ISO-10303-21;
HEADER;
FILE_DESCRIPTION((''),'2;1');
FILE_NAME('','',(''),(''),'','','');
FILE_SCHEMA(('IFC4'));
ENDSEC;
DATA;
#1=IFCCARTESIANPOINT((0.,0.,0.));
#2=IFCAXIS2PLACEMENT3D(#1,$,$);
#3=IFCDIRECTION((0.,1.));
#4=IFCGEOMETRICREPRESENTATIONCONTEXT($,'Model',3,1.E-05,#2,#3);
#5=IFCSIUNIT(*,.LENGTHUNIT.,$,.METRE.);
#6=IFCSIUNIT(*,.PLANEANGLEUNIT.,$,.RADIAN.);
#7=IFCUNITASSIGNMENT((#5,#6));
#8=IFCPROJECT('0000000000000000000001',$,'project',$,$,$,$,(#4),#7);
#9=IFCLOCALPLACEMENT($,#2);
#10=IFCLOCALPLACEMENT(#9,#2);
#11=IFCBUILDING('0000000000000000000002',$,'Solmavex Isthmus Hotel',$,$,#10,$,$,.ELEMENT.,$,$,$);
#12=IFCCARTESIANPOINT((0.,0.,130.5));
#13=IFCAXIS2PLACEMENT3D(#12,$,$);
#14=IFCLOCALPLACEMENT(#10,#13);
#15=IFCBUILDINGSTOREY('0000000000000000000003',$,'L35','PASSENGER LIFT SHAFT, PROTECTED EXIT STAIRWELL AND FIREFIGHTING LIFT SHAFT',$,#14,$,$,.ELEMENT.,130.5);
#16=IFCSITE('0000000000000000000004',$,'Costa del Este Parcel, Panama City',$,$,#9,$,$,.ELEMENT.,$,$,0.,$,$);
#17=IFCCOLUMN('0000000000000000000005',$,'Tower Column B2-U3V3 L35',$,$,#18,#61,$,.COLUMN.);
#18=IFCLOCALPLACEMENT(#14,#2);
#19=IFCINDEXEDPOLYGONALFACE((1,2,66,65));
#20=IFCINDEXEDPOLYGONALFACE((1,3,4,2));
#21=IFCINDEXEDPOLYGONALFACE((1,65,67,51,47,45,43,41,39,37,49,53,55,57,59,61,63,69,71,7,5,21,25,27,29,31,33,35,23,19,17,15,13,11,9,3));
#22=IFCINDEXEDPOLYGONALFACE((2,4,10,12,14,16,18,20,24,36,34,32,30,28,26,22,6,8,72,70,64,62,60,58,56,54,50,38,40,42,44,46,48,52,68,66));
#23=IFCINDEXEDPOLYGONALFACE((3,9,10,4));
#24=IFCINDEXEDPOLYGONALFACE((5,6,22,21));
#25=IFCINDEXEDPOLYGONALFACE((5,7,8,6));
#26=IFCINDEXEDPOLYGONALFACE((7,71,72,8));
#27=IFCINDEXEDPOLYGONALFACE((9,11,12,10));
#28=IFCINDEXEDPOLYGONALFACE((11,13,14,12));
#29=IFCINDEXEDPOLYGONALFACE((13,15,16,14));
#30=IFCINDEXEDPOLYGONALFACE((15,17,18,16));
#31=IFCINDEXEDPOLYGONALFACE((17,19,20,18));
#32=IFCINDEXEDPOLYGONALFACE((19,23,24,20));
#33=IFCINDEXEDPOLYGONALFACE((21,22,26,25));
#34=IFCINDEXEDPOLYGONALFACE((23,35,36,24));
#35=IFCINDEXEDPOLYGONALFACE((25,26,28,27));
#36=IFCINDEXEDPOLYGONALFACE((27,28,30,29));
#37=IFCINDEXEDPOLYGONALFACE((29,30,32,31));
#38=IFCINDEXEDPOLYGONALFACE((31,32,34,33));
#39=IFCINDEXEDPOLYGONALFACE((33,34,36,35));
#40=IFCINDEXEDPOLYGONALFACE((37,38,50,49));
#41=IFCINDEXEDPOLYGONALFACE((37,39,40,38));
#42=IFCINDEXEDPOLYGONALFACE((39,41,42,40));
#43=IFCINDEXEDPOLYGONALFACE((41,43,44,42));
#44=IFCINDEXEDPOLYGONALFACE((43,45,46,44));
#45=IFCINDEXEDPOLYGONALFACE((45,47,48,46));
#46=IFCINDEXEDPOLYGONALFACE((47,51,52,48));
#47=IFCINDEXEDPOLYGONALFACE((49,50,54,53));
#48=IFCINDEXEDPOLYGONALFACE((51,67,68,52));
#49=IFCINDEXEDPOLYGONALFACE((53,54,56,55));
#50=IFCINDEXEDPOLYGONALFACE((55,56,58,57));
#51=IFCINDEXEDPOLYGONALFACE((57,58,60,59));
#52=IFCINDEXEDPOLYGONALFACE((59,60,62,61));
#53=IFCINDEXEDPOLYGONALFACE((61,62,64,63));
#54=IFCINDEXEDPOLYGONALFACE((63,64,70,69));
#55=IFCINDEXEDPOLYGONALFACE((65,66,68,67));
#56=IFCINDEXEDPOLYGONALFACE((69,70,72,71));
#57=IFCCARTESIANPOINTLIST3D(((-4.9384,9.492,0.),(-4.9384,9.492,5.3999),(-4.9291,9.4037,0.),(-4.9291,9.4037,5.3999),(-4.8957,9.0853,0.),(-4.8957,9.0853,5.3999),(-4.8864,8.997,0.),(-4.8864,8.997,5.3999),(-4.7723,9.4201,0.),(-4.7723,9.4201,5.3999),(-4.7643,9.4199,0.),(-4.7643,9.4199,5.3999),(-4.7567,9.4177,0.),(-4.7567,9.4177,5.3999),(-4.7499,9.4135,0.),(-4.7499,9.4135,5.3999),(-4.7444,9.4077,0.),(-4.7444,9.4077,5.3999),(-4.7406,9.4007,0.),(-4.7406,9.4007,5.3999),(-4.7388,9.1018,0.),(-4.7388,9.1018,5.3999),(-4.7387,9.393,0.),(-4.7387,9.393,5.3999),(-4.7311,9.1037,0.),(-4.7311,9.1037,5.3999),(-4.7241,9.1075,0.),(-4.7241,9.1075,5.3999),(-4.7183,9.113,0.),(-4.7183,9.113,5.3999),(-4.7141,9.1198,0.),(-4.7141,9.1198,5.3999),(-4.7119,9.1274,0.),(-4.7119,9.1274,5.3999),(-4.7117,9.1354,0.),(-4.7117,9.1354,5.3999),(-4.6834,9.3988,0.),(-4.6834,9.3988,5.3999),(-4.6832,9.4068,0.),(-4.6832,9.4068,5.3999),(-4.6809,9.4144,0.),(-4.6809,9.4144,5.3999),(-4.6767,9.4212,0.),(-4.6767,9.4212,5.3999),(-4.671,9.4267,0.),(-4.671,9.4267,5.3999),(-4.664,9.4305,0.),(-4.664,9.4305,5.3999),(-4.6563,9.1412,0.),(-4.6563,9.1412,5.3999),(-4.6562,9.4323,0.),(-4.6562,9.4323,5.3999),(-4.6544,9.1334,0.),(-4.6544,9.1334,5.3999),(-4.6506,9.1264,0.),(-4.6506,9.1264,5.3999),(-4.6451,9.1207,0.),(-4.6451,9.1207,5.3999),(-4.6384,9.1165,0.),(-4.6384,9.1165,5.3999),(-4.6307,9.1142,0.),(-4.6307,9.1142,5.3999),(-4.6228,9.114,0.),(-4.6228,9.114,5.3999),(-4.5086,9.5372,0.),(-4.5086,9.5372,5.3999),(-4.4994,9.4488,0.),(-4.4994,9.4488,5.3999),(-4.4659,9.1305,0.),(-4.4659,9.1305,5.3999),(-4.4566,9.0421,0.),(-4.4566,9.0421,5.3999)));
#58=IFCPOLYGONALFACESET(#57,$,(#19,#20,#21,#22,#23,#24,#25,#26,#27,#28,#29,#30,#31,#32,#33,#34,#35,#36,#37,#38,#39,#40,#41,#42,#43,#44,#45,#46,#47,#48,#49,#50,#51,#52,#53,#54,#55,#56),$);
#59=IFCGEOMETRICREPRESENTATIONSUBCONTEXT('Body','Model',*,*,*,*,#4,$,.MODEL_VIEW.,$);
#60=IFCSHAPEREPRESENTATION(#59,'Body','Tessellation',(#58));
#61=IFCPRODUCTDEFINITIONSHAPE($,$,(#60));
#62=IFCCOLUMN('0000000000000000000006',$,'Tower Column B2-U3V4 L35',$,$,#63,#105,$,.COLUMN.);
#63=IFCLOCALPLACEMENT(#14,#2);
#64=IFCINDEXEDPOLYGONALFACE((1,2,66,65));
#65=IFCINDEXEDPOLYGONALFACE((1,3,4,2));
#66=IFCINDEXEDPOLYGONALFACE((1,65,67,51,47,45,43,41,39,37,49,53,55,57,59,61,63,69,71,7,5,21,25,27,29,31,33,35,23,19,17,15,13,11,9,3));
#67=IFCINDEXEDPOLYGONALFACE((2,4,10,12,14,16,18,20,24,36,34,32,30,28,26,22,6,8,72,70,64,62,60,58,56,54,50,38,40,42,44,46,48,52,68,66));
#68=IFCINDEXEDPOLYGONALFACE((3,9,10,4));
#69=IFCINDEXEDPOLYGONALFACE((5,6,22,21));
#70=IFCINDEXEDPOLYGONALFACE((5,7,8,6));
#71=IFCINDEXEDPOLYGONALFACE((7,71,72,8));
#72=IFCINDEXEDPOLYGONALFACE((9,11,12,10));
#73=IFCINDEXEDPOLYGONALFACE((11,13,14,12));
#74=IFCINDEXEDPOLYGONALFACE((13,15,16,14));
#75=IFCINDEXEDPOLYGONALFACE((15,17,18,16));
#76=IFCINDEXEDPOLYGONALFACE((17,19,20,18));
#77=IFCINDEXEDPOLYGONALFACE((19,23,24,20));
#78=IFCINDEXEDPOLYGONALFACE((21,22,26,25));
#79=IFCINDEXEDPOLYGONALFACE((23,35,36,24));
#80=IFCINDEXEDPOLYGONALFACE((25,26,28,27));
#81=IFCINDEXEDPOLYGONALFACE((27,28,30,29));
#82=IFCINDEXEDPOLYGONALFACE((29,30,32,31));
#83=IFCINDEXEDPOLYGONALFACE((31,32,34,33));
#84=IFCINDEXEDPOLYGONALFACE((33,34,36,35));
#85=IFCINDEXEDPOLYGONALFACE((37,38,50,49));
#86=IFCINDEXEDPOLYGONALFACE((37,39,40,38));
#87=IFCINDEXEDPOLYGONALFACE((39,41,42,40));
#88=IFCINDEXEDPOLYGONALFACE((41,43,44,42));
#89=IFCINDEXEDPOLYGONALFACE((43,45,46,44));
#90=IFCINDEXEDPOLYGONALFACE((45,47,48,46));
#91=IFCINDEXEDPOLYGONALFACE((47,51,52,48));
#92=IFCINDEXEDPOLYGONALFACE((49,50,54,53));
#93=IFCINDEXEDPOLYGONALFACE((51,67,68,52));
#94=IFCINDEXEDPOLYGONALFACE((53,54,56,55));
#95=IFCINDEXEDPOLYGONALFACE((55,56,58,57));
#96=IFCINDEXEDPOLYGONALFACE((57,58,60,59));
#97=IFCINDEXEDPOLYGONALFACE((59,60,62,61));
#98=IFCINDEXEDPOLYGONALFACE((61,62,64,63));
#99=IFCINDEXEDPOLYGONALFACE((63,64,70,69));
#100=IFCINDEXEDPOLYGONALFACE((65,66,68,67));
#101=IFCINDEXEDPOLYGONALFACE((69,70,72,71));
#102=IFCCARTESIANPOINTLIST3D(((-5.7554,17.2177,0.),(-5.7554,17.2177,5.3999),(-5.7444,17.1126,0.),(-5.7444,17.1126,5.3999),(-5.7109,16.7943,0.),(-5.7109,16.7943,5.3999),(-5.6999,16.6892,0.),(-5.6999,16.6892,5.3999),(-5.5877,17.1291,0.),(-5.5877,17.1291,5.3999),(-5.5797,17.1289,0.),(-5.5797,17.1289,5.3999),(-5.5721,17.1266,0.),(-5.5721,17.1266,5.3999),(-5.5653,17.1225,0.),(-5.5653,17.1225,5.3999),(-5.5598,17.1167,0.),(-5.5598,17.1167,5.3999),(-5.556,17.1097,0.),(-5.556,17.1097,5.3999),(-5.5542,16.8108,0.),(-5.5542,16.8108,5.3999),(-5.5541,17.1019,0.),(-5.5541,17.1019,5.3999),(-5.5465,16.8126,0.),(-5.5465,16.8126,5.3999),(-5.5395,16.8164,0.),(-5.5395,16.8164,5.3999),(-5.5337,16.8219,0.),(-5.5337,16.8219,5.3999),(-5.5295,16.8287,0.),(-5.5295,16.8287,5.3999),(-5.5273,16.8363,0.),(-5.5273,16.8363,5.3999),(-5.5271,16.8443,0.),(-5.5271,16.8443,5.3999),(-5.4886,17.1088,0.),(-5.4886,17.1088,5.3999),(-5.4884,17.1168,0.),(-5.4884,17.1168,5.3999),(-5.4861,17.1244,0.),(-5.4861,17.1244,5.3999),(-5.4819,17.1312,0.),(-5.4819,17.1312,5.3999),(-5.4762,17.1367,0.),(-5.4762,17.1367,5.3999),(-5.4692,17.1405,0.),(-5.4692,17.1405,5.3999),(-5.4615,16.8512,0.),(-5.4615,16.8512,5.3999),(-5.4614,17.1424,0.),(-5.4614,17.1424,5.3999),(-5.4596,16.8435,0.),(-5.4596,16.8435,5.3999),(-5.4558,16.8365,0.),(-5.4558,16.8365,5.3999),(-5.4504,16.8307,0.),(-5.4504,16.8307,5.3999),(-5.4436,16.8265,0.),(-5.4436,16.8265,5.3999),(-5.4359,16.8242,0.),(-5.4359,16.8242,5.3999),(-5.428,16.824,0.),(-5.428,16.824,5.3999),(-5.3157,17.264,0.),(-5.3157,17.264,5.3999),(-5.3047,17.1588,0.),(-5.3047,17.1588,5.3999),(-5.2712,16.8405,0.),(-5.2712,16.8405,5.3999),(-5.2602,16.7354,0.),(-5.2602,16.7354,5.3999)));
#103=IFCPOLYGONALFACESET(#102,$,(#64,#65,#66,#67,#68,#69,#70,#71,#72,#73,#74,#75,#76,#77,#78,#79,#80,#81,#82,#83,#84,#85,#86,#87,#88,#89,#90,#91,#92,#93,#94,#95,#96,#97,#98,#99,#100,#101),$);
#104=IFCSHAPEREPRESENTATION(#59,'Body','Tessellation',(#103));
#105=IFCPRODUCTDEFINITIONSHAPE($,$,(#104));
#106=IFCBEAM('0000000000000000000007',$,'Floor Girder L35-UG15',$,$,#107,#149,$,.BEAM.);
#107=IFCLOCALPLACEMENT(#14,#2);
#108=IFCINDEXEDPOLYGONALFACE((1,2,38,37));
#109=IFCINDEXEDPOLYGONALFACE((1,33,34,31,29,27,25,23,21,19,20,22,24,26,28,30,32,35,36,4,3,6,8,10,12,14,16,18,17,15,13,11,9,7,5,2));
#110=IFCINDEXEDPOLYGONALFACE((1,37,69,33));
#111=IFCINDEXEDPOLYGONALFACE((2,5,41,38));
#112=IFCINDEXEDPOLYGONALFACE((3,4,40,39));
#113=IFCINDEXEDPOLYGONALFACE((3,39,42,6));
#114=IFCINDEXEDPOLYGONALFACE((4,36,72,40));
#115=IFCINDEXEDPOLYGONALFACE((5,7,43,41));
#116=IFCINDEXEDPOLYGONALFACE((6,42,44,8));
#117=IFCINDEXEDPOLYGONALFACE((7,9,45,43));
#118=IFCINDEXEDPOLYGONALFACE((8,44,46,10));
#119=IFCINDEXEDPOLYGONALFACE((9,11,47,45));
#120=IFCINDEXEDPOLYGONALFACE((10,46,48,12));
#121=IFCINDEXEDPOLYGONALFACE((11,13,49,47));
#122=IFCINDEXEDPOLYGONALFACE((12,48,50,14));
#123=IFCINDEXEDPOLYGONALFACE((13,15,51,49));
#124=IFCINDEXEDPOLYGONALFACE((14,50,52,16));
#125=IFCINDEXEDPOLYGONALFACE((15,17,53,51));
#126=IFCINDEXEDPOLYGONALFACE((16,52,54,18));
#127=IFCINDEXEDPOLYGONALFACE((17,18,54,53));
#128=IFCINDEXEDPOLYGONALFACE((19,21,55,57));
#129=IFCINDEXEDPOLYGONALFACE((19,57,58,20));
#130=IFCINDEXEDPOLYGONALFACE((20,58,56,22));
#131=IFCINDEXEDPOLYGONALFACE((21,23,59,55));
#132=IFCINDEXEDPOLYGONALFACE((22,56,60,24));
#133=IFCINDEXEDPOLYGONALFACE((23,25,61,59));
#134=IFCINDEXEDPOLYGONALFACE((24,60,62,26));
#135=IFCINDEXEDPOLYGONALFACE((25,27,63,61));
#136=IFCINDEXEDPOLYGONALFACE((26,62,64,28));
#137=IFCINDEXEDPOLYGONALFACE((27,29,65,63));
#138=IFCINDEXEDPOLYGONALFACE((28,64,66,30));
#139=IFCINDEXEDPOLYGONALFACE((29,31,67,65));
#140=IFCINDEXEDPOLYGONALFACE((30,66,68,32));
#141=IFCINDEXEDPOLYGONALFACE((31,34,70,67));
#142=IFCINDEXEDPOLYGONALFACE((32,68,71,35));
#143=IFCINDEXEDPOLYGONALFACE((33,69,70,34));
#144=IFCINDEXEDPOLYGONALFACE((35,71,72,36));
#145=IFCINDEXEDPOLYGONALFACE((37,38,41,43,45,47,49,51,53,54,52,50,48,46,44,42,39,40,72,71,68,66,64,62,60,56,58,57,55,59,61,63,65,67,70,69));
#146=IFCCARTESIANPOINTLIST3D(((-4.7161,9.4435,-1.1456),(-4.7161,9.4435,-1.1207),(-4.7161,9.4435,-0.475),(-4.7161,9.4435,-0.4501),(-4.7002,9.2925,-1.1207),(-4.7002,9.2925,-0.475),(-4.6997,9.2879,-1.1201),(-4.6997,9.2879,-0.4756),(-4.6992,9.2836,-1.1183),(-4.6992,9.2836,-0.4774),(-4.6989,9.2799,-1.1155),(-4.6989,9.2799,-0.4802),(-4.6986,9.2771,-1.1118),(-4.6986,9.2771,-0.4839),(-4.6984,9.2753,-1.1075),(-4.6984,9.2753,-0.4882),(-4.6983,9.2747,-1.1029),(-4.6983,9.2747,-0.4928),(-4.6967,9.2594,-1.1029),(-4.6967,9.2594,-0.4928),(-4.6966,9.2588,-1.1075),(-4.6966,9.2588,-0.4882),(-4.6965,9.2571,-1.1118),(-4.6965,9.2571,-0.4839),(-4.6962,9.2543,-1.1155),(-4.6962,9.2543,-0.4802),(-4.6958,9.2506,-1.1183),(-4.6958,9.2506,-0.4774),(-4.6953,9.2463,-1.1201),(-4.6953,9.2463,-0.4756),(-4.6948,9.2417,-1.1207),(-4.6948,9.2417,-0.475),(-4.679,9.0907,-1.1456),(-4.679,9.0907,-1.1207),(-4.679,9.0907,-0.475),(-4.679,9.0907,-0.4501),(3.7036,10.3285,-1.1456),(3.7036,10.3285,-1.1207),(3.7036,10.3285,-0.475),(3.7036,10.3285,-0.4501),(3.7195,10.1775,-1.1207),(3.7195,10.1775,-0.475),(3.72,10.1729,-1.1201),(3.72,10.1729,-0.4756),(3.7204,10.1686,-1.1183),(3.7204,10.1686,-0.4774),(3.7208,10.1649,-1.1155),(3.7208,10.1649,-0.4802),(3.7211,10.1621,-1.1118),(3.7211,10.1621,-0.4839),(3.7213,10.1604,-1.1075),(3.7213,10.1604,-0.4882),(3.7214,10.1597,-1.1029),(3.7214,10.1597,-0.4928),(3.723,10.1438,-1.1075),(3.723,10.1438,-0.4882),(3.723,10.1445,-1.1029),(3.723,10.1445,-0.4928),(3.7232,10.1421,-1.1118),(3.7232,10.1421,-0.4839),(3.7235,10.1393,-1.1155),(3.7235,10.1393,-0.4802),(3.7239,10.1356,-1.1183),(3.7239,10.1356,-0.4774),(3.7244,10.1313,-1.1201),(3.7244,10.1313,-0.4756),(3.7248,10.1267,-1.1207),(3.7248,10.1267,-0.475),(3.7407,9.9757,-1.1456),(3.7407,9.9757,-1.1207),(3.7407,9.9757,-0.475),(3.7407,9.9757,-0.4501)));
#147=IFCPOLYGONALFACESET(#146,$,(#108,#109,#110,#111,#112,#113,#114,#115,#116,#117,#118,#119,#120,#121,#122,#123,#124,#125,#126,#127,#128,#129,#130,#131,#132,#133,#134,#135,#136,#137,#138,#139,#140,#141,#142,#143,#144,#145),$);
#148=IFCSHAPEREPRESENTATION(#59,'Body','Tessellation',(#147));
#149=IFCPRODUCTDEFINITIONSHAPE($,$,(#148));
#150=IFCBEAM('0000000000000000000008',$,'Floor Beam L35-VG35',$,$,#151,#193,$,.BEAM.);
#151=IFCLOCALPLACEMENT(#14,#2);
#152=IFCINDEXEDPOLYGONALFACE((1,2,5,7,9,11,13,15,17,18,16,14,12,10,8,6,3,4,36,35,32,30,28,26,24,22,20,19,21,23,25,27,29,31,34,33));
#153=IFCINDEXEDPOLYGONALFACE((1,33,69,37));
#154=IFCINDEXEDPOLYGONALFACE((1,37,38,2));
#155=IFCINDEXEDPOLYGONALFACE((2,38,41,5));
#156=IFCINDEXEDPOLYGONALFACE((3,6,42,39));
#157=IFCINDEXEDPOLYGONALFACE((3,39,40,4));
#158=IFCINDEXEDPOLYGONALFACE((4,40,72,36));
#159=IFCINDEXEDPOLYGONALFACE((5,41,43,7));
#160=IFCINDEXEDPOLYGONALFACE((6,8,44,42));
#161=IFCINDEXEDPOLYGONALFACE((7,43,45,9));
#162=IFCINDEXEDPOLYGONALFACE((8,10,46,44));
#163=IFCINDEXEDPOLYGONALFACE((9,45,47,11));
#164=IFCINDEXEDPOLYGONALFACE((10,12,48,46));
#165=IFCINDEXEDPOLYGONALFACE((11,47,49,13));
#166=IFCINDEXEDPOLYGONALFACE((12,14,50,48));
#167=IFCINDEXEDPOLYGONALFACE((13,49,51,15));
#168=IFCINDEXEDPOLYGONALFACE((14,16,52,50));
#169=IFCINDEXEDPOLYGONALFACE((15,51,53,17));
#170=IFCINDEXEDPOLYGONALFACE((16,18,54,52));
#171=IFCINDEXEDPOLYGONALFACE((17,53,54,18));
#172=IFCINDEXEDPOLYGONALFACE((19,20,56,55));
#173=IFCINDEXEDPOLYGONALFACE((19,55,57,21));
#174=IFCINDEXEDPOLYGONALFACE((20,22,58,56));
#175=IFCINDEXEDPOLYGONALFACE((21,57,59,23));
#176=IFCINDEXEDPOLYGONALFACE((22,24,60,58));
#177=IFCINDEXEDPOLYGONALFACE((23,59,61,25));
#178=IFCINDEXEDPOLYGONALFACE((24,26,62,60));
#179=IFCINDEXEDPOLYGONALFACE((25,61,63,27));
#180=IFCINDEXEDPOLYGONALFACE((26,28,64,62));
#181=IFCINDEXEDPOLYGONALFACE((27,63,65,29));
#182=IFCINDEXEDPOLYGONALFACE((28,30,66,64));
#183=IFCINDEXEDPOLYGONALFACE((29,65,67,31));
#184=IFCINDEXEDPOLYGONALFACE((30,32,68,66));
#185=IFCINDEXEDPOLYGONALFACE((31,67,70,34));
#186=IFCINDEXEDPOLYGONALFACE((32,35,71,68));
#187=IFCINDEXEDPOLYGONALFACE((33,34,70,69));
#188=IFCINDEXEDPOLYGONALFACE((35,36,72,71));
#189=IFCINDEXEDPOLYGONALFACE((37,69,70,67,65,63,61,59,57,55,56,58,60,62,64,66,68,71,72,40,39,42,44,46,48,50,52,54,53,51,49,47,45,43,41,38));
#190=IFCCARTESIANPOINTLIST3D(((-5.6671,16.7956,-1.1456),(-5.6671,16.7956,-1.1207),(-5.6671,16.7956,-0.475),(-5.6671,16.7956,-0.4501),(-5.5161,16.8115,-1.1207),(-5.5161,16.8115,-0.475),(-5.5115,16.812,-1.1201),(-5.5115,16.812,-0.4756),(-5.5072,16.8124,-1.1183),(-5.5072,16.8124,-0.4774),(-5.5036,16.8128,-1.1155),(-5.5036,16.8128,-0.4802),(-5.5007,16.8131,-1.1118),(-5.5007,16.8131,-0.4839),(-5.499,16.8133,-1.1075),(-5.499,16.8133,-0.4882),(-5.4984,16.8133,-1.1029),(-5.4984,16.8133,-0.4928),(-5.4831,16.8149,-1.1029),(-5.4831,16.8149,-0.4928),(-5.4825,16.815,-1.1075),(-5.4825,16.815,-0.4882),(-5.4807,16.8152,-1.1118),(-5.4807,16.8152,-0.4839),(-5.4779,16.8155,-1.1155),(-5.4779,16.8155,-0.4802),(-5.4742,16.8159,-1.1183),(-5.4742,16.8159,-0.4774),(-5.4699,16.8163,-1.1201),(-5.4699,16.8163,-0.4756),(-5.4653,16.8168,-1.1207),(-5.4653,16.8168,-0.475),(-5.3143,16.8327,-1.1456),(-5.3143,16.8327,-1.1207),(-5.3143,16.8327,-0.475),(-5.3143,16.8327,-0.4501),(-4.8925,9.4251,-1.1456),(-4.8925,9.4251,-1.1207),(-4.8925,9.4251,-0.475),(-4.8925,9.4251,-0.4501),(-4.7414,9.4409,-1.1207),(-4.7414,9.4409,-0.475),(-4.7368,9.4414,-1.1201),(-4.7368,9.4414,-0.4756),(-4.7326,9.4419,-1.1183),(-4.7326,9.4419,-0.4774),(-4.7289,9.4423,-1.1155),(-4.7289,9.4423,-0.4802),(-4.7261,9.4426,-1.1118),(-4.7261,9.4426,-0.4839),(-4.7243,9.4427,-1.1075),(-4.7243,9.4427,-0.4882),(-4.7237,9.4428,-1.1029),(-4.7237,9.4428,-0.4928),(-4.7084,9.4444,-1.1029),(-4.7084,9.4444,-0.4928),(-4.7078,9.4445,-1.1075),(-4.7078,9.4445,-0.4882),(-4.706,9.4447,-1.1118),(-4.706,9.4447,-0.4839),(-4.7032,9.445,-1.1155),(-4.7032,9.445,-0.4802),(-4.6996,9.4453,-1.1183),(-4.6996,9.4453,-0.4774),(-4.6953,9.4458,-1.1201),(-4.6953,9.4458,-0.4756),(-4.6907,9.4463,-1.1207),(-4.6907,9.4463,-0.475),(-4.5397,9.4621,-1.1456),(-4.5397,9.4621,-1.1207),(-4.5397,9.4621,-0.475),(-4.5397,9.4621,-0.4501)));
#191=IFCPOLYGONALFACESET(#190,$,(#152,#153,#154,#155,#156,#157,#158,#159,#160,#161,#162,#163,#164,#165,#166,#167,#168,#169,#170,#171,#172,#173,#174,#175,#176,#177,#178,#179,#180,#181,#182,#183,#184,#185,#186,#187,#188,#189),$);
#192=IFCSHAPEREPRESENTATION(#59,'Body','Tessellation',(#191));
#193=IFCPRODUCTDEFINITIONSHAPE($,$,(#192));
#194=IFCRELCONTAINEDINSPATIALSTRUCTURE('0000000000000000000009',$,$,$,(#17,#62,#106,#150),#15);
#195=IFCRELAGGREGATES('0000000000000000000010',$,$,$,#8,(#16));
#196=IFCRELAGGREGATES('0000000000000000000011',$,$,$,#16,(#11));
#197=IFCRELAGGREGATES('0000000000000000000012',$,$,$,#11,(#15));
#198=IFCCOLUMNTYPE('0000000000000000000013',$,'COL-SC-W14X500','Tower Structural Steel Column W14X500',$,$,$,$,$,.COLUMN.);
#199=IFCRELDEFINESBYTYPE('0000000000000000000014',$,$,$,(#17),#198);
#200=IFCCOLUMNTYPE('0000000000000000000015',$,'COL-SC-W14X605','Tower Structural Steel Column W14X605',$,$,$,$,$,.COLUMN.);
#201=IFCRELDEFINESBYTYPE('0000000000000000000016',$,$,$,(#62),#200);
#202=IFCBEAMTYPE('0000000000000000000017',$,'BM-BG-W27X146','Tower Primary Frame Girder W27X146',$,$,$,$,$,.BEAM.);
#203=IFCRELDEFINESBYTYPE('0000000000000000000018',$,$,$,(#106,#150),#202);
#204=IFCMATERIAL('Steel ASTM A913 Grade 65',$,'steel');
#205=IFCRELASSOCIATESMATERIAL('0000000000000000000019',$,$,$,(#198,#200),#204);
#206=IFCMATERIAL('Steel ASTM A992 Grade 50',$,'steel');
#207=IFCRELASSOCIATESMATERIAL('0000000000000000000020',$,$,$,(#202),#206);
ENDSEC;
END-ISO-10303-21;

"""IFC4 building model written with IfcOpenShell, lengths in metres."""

from ifc_helpers import new_model, si_unit, direction, frame, origin, origin_2d, place, context, subcontext, project, spatial, i_section, extrude, material, material_profile, profile_set, type_object, element, save


model = new_model("IFC4")

# Units and contexts
model_context = context("Model", 3, precision=1e-05, world=origin(), true_north=direction((0.0, 1.0)))
body_context = subcontext(model_context, "Body", "Model", "MODEL_VIEW")
ifc_project = project(units=[si_unit("LENGTHUNIT", "METRE"), si_unit("PLANEANGLEUNIT", "RADIAN")], contexts=[model_context])

# Site, building, storey
site_placement = place(None, origin())
site = spatial("IfcSite", under=ifc_project, at=site_placement, Name="Costa del Este Parcel, Panama City", CompositionType="ELEMENT", RefElevation=0.0)
building_placement = place(site_placement, origin())
building = spatial("IfcBuilding", under=site, at=building_placement, Name="Solmavex Isthmus Hotel", CompositionType="ELEMENT")
storey_placement = place(building_placement, frame((0.0, 0.0, 130.5)))
storey = spatial("IfcBuildingStorey", under=building, at=storey_placement, Name="L35", Description="PASSENGER LIFT SHAFT, PROTECTED EXIT STAIRWELL AND FIREFIGHTING LIFT SHAFT", CompositionType="ELEMENT", Elevation=130.5)

# Columns
ifc_material_1 = material(Name="Steel ASTM A913 Grade 65", Category="steel")
ifc_material_profile_1 = material_profile(ifc_material_1, i_section(OverallWidth=0.4321, OverallDepth=0.4978, WebThickness=0.0557, FlangeThickness=0.0889, FilletRadius=0.0305, at=origin_2d()), Name="W14X500")
ifc_profile_set_1 = profile_set([ifc_material_profile_1], Name="Steel ASTM A913 Grade 65")
column_type_1 = type_object("IfcColumnType", Name="COL-SC-W14X500", Description="Tower Structural Steel Column W14X500", PredefinedType="COLUMN", material=ifc_profile_set_1)
column_1_placement = place(storey_placement, frame((-4.6975, 9.2671, 0.0), z_axis=(0.0, 0.0, 1.0), x_axis=(0.994522, 0.104528, 0.0)))
element("IfcColumn", 1, at=column_1_placement, inside=storey, type_object=column_type_1, Name="Tower Column B2-U3V3 L35", PredefinedType="COLUMN", context=body_context, shape_type="SweptSolid", body=[
    extrude(i_section(OverallWidth=0.4321, OverallDepth=0.4978, WebThickness=0.0557, FlangeThickness=0.0889, FilletRadius=0.0305, at=origin_2d()), origin(), (0.0, 0.0, 1.0), 5.3999),
])
ifc_material_profile_2 = material_profile(ifc_material_1, i_section(OverallWidth=0.4421, OverallDepth=0.5315, WebThickness=0.0659, FlangeThickness=0.1057, FilletRadius=0.0305, at=origin_2d()), Name="W14X605")
ifc_profile_set_2 = profile_set([ifc_material_profile_2], Name="Steel ASTM A913 Grade 65")
column_type_2 = type_object("IfcColumnType", Name="COL-SC-W14X605", Description="Tower Structural Steel Column W14X605", PredefinedType="COLUMN", material=ifc_profile_set_2)
column_2_placement = place(storey_placement, frame((-5.5078, 16.9766, 0.0), z_axis=(0.0, 0.0, 1.0), x_axis=(0.994522, 0.104528, 0.0)))
element("IfcColumn", 2, at=column_2_placement, inside=storey, type_object=column_type_2, Name="Tower Column B2-U3V4 L35", PredefinedType="COLUMN", context=body_context, shape_type="SweptSolid", body=[
    extrude(i_section(OverallWidth=0.4421, OverallDepth=0.5315, WebThickness=0.0659, FlangeThickness=0.1057, FilletRadius=0.0305, at=origin_2d()), origin(), (0.0, 0.0, 1.0), 5.3999),
])

# Beams
ifc_material_2 = material(Name="Steel ASTM A992 Grade 50", Category="steel")
ifc_material_profile_3 = material_profile(ifc_material_2, i_section(OverallWidth=0.3547, OverallDepth=0.6956, WebThickness=0.0154, FlangeThickness=0.0249, FilletRadius=0.0178, at=origin_2d()), Name="W27X146")
ifc_profile_set_3 = profile_set([ifc_material_profile_3], Name="Steel ASTM A992 Grade 50")
beam_type_1 = type_object("IfcBeamType", Name="BM-BG-W27X146", Description="Tower Primary Frame Girder W27X146", PredefinedType="BEAM", material=ifc_profile_set_3)
beam_1_placement = place(storey_placement, frame((-4.6975, 9.2671, -0.7979), z_axis=(0.994521, 0.104536, 0.0), x_axis=(-0.104536, 0.994521, 0.0)))
element("IfcBeam", 3, at=beam_1_placement, inside=storey, type_object=beam_type_1, Name="Floor Girder L35-UG15", PredefinedType="BEAM", context=body_context, shape_type="SweptSolid", body=[
    extrude(i_section(OverallWidth=0.3547, OverallDepth=0.6956, WebThickness=0.0154, FlangeThickness=0.0249, FilletRadius=0.0178, at=origin_2d()), origin(), (0.0, 0.0, 1.0), 8.4661),
])
beam_2_placement = place(storey_placement, frame((-4.7161, 9.4436, -0.7979), z_axis=(-0.104525, 0.994522, 0.0), x_axis=(-0.994522, -0.104525, 0.0)))
element("IfcBeam", 4, at=beam_2_placement, inside=storey, type_object=beam_type_1, Name="Floor Beam L35-VG35", PredefinedType="BEAM", context=body_context, shape_type="SweptSolid", body=[
    extrude(i_section(OverallWidth=0.3547, OverallDepth=0.6956, WebThickness=0.0154, FlangeThickness=0.0249, FilletRadius=0.0178, at=origin_2d()), origin(), (0.0, 0.0, 1.0), 7.4111),
])

save(model, "model.ifc")
